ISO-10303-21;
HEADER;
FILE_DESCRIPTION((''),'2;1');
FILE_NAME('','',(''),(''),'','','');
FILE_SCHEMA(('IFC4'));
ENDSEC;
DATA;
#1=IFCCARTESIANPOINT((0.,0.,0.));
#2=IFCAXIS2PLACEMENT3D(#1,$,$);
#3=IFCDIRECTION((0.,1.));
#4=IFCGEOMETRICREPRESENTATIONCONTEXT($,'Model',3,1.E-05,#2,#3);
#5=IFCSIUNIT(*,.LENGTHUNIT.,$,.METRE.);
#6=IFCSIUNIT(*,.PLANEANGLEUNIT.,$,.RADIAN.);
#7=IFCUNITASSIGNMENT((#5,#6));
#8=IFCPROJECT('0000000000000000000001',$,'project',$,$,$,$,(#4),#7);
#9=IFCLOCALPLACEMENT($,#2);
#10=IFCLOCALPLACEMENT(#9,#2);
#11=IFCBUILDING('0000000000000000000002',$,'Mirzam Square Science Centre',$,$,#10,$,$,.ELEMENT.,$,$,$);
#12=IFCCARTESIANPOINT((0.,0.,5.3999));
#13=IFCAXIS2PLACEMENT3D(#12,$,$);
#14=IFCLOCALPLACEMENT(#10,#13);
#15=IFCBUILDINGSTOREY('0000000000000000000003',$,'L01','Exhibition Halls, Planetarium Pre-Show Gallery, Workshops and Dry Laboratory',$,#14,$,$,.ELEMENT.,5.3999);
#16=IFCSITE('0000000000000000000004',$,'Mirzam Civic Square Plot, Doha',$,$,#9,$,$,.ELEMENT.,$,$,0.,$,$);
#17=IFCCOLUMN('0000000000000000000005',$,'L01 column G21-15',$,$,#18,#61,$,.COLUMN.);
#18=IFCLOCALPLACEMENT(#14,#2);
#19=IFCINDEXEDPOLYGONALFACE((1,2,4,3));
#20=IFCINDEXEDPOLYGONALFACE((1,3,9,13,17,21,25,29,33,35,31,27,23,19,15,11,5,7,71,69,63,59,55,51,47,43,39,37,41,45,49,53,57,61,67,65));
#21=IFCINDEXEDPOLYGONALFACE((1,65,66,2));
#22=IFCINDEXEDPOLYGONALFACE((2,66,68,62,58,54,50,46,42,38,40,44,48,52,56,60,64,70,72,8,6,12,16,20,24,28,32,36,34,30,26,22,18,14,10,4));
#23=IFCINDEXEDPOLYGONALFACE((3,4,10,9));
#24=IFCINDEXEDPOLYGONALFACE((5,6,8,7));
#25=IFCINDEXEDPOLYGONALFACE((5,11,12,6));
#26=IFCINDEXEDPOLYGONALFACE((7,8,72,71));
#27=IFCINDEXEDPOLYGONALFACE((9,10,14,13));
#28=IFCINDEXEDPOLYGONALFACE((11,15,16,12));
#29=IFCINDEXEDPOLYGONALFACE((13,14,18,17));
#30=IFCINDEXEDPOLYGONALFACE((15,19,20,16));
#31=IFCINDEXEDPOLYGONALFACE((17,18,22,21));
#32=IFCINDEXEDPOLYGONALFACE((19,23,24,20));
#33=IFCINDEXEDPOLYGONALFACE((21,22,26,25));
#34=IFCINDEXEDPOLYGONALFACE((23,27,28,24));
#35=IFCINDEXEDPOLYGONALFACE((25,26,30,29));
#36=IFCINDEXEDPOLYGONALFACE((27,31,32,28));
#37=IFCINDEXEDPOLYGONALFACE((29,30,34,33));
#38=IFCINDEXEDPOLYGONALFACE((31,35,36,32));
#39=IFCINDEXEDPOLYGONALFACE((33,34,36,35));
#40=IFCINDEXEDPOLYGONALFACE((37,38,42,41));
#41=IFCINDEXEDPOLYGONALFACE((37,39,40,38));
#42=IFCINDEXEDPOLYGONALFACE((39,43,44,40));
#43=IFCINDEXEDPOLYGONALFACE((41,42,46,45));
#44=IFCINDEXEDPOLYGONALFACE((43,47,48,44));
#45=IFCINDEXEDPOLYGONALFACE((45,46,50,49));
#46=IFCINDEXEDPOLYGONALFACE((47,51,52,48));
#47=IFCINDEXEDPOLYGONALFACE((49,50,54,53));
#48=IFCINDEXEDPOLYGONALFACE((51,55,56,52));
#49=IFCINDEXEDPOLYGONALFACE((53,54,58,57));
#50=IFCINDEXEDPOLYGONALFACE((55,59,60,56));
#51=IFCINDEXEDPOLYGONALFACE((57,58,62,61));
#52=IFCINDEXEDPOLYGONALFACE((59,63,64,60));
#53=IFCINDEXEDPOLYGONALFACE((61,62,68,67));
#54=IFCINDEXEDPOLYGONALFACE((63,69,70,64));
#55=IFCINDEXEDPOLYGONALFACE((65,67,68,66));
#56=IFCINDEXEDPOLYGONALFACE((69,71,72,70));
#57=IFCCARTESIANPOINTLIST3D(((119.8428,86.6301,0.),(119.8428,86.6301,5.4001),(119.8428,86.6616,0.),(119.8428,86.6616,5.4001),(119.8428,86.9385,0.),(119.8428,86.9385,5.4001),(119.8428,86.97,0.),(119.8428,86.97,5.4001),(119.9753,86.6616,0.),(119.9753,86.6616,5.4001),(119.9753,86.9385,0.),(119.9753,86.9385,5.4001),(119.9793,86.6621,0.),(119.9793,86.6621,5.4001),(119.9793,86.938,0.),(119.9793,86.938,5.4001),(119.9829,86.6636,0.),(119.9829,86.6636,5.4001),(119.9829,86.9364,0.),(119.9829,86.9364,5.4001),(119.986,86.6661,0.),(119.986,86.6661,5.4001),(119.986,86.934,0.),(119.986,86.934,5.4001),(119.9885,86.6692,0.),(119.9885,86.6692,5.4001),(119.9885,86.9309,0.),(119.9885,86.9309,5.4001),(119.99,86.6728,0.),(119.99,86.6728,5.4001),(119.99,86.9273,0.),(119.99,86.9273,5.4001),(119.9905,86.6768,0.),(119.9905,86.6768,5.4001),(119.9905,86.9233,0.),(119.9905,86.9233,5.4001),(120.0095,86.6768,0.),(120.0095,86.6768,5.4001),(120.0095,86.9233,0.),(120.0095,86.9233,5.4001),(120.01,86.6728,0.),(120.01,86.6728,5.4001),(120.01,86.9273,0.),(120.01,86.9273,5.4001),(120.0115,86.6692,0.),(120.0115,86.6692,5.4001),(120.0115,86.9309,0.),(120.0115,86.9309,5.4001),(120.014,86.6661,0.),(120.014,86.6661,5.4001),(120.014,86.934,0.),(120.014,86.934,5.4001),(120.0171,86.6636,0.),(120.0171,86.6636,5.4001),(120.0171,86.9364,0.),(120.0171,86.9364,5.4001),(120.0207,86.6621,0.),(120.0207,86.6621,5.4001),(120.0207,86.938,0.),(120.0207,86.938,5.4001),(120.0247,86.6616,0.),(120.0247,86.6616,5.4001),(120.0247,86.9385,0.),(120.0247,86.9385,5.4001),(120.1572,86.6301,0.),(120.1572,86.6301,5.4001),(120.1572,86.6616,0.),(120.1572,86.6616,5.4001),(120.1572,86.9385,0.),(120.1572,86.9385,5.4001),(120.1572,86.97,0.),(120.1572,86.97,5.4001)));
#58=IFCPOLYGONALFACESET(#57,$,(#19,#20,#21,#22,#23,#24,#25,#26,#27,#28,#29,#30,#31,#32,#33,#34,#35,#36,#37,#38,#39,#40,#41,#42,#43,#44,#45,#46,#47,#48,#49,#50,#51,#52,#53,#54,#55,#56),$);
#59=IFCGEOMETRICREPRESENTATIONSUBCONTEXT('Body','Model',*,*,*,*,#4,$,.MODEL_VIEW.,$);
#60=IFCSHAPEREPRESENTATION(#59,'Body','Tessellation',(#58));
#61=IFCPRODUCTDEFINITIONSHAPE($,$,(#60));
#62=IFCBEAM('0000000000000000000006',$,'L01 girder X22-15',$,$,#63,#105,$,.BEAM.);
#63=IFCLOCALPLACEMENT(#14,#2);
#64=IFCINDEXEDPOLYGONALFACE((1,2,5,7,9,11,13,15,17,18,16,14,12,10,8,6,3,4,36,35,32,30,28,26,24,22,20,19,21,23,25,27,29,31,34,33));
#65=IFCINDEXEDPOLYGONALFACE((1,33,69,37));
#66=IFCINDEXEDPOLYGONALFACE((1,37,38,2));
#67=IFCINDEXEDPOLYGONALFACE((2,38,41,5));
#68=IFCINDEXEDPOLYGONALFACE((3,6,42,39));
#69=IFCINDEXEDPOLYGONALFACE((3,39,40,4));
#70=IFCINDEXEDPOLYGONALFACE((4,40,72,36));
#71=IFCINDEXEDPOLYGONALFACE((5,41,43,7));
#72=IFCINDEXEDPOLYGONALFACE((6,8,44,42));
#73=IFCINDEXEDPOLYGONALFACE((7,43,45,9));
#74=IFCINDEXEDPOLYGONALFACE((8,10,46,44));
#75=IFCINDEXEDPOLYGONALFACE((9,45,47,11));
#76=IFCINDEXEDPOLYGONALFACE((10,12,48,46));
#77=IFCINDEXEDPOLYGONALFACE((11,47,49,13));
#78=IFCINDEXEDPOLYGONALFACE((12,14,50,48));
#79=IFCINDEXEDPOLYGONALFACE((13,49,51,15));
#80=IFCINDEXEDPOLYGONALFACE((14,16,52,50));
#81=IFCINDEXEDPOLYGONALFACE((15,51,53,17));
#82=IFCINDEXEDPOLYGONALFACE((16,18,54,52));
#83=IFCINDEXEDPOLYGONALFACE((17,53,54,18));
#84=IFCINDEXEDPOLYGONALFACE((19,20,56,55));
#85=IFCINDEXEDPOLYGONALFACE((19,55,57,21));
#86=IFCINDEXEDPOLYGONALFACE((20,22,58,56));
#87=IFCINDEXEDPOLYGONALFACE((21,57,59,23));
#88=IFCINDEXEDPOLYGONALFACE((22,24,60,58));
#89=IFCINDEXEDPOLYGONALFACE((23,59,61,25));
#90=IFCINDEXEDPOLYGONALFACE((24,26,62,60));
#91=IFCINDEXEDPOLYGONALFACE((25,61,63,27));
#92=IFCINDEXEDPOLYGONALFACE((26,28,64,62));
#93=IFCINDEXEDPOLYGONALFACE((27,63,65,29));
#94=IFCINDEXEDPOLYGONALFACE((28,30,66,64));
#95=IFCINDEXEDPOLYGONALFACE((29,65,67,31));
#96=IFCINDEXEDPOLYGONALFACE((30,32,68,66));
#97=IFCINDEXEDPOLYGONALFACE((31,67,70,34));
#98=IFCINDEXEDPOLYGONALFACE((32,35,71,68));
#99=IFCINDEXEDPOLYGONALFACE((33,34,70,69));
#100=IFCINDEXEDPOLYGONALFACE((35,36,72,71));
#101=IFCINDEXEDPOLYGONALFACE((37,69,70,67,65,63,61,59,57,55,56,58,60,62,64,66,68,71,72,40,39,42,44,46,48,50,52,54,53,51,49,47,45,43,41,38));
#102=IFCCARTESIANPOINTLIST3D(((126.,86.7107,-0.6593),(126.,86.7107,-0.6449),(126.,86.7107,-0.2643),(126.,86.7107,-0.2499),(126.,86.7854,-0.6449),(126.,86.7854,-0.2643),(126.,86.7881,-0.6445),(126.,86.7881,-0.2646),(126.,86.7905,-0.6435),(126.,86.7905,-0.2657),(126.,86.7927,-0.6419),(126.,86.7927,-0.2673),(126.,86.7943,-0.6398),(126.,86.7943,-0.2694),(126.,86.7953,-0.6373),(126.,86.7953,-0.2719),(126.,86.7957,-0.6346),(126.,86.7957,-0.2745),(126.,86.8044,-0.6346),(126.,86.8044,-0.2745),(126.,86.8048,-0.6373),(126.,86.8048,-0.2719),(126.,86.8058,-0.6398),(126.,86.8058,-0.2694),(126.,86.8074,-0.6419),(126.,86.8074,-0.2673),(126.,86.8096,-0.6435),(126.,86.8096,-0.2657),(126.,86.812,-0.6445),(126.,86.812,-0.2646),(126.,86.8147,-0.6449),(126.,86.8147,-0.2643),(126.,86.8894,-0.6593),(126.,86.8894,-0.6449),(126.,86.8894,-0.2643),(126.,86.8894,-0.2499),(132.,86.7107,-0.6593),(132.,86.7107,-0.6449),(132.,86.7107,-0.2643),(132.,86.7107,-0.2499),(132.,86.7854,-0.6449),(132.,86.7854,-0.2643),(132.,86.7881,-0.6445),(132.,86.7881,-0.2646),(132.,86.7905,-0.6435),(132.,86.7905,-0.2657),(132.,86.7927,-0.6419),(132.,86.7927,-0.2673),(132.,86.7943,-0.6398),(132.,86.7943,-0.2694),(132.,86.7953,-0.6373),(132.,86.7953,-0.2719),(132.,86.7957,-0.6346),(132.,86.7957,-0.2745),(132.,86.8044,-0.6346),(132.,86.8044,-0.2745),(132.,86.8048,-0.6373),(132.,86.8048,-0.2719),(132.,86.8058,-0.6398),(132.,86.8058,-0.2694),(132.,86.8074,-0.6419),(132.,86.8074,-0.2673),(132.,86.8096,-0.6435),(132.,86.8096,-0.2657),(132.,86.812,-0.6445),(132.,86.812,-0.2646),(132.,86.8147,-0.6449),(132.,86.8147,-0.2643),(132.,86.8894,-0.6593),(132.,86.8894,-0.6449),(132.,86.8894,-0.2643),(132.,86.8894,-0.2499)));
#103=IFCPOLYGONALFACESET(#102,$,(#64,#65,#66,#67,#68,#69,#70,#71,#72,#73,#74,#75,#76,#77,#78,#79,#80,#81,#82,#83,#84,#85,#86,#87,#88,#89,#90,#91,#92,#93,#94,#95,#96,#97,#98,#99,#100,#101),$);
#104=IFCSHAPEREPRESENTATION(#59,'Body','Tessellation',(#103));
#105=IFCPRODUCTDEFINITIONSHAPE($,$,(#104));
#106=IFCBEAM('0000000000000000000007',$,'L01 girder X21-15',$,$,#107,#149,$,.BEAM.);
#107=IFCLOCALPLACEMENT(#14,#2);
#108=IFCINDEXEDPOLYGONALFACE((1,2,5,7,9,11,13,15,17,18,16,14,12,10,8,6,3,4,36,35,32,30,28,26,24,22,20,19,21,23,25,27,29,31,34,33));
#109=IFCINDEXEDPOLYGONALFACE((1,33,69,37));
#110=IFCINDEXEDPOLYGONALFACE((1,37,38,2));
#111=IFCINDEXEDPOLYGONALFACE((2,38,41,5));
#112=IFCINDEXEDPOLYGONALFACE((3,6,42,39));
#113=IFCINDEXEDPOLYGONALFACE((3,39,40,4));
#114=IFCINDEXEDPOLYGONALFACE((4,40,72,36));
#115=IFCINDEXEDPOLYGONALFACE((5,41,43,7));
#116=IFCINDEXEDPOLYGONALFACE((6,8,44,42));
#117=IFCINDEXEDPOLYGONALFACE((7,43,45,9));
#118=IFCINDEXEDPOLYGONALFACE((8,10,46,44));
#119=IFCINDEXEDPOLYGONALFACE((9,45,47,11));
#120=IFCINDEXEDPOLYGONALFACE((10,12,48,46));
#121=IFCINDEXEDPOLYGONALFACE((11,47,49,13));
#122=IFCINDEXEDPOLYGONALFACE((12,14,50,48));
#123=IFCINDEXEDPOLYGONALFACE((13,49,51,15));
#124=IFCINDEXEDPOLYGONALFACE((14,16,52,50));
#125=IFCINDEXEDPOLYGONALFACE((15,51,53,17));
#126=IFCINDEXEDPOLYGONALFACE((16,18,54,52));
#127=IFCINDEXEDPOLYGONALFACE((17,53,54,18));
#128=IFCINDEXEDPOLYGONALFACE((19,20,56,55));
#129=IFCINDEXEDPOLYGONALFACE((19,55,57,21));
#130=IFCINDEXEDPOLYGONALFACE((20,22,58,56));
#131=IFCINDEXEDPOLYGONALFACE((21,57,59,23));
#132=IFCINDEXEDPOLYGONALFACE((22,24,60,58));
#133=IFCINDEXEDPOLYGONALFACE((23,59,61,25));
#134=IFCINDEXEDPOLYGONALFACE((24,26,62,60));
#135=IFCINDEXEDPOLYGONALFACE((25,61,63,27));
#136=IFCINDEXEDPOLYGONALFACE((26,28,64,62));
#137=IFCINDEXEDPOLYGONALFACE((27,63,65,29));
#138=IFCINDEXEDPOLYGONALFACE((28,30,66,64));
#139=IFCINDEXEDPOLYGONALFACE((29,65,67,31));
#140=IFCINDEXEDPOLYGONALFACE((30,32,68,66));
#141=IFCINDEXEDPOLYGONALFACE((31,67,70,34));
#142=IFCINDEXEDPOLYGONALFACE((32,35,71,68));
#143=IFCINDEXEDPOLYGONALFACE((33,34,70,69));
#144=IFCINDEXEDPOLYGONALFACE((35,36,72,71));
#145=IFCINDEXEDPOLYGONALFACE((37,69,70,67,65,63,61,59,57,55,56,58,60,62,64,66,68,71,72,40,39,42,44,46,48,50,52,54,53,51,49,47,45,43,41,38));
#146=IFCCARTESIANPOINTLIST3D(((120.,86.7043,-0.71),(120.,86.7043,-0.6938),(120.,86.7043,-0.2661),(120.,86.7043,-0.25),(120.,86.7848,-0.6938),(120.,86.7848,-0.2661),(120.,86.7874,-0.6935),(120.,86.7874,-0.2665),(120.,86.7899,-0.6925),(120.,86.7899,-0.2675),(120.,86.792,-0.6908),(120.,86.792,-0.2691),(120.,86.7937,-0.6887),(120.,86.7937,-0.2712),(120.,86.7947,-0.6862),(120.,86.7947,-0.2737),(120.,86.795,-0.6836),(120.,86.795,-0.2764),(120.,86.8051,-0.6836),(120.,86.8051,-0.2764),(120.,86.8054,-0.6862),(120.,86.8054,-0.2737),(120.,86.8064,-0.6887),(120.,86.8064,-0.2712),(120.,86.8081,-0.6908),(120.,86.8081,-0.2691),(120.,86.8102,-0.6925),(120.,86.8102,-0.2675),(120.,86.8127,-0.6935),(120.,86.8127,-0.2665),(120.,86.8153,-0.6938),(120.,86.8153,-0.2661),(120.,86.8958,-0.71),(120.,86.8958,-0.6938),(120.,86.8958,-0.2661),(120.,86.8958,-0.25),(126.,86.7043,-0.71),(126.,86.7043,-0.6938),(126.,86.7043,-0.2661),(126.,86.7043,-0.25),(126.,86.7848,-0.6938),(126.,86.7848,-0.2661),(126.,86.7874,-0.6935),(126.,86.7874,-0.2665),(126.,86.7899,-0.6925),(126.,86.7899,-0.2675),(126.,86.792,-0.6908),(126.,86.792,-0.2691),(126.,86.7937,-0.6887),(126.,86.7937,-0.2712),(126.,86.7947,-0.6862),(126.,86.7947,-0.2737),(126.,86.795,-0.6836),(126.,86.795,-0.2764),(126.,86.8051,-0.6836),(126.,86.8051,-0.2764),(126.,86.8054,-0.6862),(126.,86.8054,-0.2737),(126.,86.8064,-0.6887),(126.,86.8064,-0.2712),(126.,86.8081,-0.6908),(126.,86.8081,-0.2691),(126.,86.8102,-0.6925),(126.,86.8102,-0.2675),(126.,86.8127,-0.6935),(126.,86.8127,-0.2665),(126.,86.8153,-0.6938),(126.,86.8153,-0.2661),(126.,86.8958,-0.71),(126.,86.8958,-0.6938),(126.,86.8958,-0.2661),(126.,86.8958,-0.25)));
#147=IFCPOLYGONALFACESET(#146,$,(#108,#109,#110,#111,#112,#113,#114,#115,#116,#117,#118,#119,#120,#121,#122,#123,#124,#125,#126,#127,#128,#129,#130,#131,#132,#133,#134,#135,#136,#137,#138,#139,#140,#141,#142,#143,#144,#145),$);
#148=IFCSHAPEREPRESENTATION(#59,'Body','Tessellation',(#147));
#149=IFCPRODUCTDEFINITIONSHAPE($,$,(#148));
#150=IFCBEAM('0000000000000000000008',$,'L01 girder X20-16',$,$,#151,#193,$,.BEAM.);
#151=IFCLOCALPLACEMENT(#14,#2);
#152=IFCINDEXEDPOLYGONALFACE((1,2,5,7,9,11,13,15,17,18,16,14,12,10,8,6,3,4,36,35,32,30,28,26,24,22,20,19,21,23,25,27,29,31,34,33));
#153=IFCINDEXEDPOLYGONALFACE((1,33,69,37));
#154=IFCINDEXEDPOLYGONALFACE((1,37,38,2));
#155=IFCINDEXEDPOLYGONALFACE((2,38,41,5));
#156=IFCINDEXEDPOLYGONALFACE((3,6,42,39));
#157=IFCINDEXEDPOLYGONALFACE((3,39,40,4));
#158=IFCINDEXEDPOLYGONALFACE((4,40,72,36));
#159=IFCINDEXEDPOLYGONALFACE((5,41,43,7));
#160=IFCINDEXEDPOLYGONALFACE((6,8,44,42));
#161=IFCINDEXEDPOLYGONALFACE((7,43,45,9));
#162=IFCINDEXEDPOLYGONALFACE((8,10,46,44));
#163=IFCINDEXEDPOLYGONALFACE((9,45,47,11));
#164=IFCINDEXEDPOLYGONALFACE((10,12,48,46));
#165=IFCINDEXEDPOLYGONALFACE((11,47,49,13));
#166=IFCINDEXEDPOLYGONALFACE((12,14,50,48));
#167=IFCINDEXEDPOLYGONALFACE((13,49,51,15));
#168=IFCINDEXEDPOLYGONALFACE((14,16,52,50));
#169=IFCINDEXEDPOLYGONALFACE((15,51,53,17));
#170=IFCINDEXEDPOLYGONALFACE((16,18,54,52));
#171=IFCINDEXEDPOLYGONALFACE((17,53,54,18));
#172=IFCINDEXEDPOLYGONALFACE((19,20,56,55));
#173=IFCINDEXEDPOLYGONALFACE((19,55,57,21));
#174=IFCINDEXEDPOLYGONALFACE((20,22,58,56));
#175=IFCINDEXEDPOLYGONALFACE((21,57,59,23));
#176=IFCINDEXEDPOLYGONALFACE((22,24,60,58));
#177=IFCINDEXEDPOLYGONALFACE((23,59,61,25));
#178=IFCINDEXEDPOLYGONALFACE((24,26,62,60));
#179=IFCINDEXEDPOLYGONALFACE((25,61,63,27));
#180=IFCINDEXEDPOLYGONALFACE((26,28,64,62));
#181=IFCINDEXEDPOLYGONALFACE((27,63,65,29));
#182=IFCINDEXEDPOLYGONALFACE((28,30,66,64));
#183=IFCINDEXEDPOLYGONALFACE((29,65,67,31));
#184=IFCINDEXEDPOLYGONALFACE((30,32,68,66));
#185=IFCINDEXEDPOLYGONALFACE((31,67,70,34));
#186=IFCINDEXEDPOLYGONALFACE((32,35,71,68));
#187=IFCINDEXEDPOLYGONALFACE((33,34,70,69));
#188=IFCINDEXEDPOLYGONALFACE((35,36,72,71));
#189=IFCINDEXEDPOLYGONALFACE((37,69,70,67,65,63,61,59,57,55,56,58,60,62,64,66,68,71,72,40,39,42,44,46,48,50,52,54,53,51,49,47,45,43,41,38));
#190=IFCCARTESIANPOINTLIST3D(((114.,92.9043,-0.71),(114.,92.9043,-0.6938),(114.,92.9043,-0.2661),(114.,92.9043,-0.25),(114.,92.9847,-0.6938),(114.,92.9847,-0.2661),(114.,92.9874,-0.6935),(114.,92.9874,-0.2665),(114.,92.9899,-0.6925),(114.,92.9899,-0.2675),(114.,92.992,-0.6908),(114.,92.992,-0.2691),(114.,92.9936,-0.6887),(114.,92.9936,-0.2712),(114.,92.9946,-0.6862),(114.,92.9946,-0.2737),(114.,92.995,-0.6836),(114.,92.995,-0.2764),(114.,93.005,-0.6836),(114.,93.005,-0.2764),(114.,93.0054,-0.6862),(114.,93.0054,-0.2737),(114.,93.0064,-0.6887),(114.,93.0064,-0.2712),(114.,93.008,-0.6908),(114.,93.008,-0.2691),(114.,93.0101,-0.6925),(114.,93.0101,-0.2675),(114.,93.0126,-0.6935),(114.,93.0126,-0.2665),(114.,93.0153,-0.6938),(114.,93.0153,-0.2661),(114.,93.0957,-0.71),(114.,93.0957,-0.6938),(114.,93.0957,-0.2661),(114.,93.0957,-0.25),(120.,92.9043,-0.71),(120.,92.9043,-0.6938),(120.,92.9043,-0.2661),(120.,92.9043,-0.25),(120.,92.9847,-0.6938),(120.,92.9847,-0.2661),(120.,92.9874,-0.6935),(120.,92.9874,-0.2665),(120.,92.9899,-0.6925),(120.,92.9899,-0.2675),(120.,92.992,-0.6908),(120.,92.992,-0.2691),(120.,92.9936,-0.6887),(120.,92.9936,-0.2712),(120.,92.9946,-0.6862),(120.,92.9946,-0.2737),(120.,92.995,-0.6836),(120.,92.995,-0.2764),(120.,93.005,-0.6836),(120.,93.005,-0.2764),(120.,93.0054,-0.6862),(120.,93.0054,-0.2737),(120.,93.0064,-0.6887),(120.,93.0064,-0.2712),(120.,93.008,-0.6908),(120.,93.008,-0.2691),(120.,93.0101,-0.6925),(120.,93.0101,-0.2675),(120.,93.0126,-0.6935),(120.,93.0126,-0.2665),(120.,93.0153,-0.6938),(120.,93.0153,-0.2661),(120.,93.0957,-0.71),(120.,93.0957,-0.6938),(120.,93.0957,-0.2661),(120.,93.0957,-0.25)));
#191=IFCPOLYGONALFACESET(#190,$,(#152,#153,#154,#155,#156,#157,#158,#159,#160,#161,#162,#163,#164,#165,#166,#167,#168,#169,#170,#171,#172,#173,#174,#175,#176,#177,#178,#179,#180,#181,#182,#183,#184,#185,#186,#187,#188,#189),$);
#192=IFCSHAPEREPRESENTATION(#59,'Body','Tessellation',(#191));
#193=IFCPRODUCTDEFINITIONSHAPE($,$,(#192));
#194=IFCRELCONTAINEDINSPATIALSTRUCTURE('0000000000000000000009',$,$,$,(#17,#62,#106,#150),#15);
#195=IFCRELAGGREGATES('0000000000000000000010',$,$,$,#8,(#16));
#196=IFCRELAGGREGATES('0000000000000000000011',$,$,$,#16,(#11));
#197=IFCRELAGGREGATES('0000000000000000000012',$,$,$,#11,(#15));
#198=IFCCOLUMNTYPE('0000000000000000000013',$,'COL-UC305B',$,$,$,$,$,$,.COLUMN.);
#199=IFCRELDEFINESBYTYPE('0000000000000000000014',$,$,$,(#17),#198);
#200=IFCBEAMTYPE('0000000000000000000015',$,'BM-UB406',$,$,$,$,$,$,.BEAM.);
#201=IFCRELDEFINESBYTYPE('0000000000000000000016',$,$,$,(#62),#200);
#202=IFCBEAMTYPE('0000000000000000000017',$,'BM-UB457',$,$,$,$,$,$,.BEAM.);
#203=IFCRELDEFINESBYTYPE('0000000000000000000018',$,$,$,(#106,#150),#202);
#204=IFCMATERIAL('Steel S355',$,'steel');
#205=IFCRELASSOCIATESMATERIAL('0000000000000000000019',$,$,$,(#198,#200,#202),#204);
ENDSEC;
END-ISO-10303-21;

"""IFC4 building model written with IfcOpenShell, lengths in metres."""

from ifc_helpers import new_model, si_unit, direction, frame, origin, origin_2d, place, context, subcontext, project, spatial, i_section, extrude, material, material_profile, profile_set, type_object, element, save


model = new_model("IFC4")

# Units and contexts
model_context = context("Model", 3, precision=1e-05, world=origin(), true_north=direction((0.0, 1.0)))
body_context = subcontext(model_context, "Body", "Model", "MODEL_VIEW")
ifc_project = project(units=[si_unit("LENGTHUNIT", "METRE"), si_unit("PLANEANGLEUNIT", "RADIAN")], contexts=[model_context])

# Site, building, storey
site_placement = place(None, origin())
site = spatial("IfcSite", under=ifc_project, at=site_placement, Name="Mirzam Civic Square Plot, Doha", CompositionType="ELEMENT", RefElevation=0.0)
building_placement = place(site_placement, origin())
building = spatial("IfcBuilding", under=site, at=building_placement, Name="Mirzam Square Science Centre", CompositionType="ELEMENT")
storey_placement = place(building_placement, frame((0.0, 0.0, 5.3999)))
storey = spatial("IfcBuildingStorey", under=building, at=storey_placement, Name="L01", Description="Exhibition Halls, Planetarium Pre-Show Gallery, Workshops and Dry Laboratory", CompositionType="ELEMENT", Elevation=5.3999)

# Column
ifc_material_1 = material(Name="Steel S355", Category="steel")
ifc_material_profile_1 = material_profile(ifc_material_1, i_section(OverallWidth=0.3145, OverallDepth=0.3398, WebThickness=0.019, FlangeThickness=0.0315, FilletRadius=0.0151, at=origin_2d()), Name="305x305x198UC")
ifc_profile_set_1 = profile_set([ifc_material_profile_1], Name="Steel S355")
column_type_1 = type_object("IfcColumnType", Name="COL-UC305B", PredefinedType="COLUMN", material=ifc_profile_set_1)
for number, where, z_axis, x_axis, name in (
    (1, (120.0, 86.8, 0.0), (0.0, 0.0, 1.0), (1.0, 0.0, 0.0), "L01 column G21-15"),
):
    element("IfcColumn", number, at=place(storey_placement, frame(where, z_axis=z_axis, x_axis=x_axis)), inside=storey, type_object=column_type_1, Name=name, PredefinedType="COLUMN", context=body_context, shape_type="SweptSolid", body=[
        extrude(i_section(OverallWidth=0.3145, OverallDepth=0.3398, WebThickness=0.019, FlangeThickness=0.0315, FilletRadius=0.0151, at=origin_2d()), origin(), (0.0, 0.0, 1.0), 5.4001),
    ])

# Beams
ifc_material_profile_2 = material_profile(ifc_material_1, i_section(OverallWidth=0.1787, OverallDepth=0.4094, WebThickness=0.0088, FlangeThickness=0.0144, FilletRadius=0.0103, at=origin_2d()), Name="406x178x67UB")
ifc_profile_set_2 = profile_set([ifc_material_profile_2], Name="Steel S355")
beam_type_1 = type_object("IfcBeamType", Name="BM-UB406", PredefinedType="BEAM", material=ifc_profile_set_2)
beam_1_placement = place(storey_placement, frame((126.0, 86.8, -0.4546), z_axis=(1.0, 0.0, 0.0), x_axis=(0.0, 1.0, 0.0)))
element("IfcBeam", 2, at=beam_1_placement, inside=storey, type_object=beam_type_1, Name="L01 girder X22-15", PredefinedType="BEAM", context=body_context, shape_type="SweptSolid", body=[
    extrude(i_section(OverallWidth=0.1787, OverallDepth=0.4094, WebThickness=0.0088, FlangeThickness=0.0144, FilletRadius=0.0103, at=origin_2d()), origin(), (0.0, 0.0, 1.0), 6.0),
])
ifc_material_profile_3 = material_profile(ifc_material_1, i_section(OverallWidth=0.1914, OverallDepth=0.46, WebThickness=0.01, FlangeThickness=0.0161, FilletRadius=0.0103, at=origin_2d()), Name="457x191x82UB")
ifc_profile_set_3 = profile_set([ifc_material_profile_3], Name="Steel S355")
beam_type_2 = type_object("IfcBeamType", Name="BM-UB457", PredefinedType="BEAM", material=ifc_profile_set_3)
for number, where, z_axis, x_axis, name in (
    (3, (120.0, 86.8, -0.48), (1.0, 0.0, 0.0), (0.0, 1.0, 0.0), "L01 girder X21-15"),
    (4, (114.0, 93.0, -0.48), (1.0, 0.0, 0.0), (0.0, 1.0, 0.0), "L01 girder X20-16"),
):
    element("IfcBeam", number, at=place(storey_placement, frame(where, z_axis=z_axis, x_axis=x_axis)), inside=storey, type_object=beam_type_2, Name=name, PredefinedType="BEAM", context=body_context, shape_type="SweptSolid", body=[
        extrude(i_section(OverallWidth=0.1914, OverallDepth=0.46, WebThickness=0.01, FlangeThickness=0.0161, FilletRadius=0.0103, at=origin_2d()), origin(), (0.0, 0.0, 1.0), 6.0),
    ])

save(model, "model.ifc")
